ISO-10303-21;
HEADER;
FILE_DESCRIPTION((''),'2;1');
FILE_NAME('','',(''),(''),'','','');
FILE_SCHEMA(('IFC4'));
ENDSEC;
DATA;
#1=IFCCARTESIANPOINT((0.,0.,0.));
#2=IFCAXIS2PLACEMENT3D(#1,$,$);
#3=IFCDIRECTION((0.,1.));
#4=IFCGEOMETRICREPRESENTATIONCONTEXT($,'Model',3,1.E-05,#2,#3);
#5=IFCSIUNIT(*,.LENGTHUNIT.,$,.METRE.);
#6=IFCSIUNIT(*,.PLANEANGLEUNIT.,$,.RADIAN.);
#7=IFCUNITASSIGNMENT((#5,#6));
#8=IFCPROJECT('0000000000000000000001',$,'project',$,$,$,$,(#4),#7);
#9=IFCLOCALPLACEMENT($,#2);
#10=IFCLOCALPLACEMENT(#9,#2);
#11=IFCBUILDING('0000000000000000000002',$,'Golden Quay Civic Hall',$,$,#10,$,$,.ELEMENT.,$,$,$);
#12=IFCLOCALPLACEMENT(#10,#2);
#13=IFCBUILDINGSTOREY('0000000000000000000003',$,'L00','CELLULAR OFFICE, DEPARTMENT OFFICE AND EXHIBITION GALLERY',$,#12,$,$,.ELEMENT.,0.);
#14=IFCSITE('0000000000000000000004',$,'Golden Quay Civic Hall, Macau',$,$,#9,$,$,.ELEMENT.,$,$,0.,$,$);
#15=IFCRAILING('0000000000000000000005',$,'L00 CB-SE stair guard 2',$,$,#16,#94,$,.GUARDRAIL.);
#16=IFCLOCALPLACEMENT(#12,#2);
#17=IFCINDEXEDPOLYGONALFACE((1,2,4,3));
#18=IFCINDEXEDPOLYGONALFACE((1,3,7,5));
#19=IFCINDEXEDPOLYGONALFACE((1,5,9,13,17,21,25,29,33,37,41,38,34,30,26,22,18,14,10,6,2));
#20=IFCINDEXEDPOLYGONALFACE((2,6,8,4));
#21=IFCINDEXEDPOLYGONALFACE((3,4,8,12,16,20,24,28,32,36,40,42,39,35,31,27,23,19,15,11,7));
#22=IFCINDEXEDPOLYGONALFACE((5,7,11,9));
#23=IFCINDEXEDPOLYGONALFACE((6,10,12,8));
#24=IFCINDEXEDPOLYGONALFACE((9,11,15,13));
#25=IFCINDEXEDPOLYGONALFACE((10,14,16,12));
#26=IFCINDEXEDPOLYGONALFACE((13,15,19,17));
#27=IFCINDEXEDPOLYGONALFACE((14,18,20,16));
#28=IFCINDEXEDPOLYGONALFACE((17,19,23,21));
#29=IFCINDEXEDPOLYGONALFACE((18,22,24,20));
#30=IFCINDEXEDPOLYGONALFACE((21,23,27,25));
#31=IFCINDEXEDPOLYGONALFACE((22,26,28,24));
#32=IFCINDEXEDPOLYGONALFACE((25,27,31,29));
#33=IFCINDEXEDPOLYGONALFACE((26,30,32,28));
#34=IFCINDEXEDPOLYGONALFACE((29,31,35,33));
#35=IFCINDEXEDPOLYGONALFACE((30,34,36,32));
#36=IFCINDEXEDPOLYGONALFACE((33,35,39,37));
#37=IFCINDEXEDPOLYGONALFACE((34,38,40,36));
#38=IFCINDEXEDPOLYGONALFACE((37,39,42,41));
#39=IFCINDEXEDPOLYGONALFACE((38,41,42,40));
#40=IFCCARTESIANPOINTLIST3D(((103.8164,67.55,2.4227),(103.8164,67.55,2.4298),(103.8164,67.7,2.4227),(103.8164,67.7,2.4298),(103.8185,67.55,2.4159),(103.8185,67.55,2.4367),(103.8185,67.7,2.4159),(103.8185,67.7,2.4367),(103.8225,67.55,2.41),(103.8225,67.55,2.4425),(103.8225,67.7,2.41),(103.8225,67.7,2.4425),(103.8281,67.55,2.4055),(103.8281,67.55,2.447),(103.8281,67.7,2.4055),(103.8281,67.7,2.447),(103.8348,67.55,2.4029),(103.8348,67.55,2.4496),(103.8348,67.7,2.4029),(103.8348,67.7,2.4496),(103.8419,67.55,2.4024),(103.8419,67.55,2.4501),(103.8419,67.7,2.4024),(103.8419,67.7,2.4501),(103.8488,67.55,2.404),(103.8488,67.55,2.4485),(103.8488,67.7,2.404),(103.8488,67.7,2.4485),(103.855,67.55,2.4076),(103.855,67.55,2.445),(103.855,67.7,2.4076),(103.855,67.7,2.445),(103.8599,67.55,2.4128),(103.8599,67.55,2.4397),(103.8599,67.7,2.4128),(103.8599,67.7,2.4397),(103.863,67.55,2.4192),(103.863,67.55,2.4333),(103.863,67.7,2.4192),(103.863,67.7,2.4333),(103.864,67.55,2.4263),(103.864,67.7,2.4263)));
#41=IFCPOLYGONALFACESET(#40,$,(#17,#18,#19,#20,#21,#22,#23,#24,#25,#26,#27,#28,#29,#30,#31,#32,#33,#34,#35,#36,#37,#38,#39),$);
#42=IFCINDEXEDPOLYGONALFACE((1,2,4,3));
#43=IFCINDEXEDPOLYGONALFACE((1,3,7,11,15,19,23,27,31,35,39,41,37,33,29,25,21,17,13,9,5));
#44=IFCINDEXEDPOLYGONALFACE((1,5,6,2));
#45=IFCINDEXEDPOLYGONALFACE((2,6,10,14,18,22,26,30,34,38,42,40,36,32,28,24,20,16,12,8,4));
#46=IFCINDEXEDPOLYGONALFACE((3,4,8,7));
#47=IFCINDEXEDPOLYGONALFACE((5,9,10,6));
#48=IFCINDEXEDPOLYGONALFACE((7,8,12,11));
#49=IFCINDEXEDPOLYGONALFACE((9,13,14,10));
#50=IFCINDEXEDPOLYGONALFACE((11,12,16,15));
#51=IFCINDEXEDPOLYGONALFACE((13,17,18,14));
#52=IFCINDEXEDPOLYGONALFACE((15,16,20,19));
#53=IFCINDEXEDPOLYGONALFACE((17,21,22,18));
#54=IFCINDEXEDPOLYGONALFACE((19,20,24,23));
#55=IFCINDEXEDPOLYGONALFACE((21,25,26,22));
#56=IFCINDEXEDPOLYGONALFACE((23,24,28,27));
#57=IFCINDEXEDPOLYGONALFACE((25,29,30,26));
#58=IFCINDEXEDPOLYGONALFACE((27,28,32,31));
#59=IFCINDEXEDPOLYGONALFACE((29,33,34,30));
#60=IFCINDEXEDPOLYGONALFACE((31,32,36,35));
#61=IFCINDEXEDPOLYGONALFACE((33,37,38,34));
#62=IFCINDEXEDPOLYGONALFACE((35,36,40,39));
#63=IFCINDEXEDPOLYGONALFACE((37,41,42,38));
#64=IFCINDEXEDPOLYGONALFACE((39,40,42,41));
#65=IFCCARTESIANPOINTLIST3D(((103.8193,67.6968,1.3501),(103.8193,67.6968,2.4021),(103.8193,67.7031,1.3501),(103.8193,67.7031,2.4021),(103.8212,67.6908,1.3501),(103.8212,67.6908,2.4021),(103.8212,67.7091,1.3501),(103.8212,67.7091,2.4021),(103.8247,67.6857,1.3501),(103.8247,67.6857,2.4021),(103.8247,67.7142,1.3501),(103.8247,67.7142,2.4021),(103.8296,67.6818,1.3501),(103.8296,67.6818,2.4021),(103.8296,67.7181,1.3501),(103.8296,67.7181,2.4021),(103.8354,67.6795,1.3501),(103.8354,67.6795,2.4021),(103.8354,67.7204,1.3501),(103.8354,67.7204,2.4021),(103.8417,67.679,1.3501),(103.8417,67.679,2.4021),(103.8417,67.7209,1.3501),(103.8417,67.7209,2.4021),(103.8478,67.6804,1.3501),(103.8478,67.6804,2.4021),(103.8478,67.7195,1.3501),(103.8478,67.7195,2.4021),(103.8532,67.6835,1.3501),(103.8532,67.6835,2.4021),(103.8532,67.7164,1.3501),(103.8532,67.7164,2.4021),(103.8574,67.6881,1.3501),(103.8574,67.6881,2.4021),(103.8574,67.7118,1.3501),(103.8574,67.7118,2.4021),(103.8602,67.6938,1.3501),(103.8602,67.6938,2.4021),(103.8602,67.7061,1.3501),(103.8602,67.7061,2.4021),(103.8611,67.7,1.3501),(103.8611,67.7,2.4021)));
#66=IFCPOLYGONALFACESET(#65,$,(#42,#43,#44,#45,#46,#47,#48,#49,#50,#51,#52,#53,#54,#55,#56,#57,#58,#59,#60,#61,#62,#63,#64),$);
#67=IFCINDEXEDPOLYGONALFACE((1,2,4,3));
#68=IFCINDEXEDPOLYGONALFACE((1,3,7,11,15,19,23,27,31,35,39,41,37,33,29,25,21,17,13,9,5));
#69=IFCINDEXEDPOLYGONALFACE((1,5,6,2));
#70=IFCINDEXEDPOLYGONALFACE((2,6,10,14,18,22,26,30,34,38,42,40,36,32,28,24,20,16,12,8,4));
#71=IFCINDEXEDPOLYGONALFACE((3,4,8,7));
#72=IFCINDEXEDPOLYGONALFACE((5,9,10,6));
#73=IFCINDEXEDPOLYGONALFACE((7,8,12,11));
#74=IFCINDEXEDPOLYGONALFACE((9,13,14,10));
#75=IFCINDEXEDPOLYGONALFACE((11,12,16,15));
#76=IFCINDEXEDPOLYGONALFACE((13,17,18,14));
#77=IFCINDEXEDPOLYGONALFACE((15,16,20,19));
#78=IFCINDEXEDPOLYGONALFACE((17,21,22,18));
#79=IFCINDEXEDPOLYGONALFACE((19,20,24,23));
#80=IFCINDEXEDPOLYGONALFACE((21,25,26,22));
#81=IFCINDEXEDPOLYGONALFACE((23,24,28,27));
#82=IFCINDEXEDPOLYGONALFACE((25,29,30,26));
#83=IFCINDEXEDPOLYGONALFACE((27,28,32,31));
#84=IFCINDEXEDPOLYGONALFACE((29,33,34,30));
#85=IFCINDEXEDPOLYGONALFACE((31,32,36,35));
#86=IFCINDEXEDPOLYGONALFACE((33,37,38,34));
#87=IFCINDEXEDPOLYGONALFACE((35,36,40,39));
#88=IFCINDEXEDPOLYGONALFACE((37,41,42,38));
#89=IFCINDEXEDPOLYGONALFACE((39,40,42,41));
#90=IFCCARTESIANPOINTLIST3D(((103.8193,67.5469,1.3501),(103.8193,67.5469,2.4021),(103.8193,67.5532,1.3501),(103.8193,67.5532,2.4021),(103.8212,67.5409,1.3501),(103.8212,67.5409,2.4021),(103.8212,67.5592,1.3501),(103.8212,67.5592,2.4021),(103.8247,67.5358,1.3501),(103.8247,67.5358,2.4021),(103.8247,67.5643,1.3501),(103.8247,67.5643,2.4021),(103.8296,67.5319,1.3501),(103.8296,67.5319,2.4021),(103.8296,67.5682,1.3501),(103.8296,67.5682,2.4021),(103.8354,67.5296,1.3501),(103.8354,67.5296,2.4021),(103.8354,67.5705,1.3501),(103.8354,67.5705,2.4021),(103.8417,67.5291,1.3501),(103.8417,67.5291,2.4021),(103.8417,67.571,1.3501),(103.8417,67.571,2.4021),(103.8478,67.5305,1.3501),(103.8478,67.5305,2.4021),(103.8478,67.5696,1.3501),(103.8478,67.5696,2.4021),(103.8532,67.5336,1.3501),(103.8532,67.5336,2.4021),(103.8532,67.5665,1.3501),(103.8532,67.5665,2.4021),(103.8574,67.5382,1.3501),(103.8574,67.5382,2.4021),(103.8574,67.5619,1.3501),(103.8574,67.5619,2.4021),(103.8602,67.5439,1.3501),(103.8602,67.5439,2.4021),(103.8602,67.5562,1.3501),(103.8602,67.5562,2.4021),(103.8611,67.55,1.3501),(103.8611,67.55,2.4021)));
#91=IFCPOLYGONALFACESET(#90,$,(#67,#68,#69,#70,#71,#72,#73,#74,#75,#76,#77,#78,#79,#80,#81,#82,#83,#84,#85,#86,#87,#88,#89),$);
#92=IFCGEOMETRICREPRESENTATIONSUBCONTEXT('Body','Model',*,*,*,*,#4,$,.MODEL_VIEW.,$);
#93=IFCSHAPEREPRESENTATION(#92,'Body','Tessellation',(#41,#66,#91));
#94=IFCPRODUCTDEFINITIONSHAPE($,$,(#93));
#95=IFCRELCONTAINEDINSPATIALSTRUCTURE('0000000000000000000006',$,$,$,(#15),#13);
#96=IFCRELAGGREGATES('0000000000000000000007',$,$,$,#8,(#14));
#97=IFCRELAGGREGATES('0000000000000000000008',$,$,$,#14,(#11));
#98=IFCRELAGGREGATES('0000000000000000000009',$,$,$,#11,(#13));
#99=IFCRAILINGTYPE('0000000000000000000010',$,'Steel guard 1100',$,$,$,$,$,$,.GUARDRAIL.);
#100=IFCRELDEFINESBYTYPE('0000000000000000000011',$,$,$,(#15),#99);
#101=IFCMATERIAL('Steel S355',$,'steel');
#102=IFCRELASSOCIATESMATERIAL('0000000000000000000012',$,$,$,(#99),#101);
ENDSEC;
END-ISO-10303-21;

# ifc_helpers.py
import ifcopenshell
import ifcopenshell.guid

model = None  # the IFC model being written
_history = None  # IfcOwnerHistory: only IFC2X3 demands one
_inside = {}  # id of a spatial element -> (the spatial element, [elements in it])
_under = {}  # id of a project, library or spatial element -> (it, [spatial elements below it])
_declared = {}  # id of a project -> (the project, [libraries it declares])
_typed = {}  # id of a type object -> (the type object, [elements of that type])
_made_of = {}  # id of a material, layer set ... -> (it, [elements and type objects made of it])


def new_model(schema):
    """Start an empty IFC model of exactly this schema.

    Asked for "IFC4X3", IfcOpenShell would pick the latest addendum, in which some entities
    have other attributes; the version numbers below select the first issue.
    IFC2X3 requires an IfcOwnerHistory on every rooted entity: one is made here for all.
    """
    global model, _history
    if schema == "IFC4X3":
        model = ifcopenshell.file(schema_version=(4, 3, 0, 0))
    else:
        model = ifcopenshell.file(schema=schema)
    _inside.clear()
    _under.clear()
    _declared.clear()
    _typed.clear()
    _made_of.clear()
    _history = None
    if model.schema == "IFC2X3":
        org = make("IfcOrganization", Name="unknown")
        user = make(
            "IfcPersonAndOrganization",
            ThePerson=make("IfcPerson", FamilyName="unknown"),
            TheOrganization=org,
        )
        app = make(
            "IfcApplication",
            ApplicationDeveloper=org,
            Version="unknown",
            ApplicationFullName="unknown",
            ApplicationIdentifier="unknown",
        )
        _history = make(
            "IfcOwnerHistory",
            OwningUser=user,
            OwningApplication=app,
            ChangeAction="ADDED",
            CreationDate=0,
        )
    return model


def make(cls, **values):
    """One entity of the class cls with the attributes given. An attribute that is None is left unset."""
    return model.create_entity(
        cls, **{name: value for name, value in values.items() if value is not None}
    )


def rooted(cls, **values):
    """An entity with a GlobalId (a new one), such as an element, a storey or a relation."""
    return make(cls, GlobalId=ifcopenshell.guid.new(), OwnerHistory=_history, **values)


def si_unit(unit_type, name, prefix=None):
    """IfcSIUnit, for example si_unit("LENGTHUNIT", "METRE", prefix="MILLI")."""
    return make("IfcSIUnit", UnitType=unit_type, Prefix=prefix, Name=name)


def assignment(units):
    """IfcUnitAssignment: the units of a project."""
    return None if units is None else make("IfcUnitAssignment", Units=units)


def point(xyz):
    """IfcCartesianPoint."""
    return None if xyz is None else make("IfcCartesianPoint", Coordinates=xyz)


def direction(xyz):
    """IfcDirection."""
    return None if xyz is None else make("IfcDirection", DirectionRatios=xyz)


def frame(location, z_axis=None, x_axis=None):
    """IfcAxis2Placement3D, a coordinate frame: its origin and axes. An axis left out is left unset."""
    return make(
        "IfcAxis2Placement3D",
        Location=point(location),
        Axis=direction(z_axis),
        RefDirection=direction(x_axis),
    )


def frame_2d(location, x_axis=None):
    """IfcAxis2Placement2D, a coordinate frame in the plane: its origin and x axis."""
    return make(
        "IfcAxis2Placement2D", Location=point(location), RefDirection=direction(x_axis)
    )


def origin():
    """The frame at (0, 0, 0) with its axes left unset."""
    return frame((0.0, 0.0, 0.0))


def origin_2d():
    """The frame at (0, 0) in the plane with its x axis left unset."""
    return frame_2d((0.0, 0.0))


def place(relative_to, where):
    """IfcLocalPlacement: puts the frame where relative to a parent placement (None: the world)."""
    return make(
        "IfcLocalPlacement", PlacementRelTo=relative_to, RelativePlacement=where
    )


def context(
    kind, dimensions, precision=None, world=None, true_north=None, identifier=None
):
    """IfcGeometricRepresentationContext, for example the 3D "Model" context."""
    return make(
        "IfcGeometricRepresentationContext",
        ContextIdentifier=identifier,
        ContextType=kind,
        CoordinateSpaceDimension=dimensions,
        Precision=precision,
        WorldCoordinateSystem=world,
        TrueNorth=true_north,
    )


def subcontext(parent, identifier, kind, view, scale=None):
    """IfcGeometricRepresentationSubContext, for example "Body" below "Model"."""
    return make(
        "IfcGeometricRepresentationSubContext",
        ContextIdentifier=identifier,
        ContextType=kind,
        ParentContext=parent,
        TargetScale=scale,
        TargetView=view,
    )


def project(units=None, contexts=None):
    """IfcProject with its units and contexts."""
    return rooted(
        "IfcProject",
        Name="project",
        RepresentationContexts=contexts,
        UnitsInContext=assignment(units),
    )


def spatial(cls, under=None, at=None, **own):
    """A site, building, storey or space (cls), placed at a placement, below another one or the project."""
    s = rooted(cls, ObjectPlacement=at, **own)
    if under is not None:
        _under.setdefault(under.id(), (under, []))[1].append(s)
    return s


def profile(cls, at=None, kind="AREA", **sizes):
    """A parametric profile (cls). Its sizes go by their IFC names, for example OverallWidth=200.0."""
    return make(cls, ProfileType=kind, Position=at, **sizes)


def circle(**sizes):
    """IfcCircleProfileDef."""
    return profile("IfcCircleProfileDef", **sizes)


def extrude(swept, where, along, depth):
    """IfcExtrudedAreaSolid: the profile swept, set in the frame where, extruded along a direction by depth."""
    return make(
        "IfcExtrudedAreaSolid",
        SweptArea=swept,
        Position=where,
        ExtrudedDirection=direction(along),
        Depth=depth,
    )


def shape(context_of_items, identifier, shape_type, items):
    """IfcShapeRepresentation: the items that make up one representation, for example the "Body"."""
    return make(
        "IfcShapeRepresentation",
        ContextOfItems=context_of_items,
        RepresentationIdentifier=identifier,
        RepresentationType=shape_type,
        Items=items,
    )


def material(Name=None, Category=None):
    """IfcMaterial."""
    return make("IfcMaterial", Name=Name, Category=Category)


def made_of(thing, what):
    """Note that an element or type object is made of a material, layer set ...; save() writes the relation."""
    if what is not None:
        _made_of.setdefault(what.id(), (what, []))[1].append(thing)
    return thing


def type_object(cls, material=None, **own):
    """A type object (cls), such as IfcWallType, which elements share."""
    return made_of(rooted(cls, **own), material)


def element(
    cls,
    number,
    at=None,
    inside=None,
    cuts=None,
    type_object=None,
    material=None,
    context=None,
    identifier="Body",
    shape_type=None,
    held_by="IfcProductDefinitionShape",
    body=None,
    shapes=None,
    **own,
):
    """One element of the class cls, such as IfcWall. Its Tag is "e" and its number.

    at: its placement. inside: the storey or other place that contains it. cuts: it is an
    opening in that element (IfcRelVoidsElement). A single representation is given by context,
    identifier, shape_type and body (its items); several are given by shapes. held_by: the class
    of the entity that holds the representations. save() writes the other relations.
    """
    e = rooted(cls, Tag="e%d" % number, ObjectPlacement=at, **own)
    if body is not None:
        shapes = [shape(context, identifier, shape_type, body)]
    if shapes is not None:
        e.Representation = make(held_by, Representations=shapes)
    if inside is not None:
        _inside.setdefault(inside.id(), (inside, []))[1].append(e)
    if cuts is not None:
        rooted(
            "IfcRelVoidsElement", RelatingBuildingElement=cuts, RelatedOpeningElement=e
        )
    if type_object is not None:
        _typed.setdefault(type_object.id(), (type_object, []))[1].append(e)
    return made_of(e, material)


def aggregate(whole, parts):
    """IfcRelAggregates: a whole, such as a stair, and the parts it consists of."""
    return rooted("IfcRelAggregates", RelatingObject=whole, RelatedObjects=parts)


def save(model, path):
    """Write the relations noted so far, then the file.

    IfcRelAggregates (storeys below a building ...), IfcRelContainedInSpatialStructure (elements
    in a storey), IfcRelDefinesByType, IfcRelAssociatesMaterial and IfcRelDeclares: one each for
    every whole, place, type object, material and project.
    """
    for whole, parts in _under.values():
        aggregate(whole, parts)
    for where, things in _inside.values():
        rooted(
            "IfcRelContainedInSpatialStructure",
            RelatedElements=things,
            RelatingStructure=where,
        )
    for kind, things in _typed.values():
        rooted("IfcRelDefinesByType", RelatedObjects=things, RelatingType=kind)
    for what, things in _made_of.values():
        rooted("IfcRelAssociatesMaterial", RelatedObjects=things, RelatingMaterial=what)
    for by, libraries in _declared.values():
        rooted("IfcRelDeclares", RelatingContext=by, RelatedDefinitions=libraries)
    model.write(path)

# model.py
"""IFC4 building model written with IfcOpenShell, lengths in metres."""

from ifc_helpers import new_model, si_unit, direction, frame, origin, origin_2d, place, context, subcontext, project, spatial, circle, extrude, material, type_object, element, save


model = new_model("IFC4")

# Units and contexts
model_context = context("Model", 3, precision=1e-05, world=origin(), true_north=direction((0.0, 1.0)))
body_context = subcontext(model_context, "Body", "Model", "MODEL_VIEW")
ifc_project = project(units=[si_unit("LENGTHUNIT", "METRE"), si_unit("PLANEANGLEUNIT", "RADIAN")], contexts=[model_context])

# Site, building, storey
site_placement = place(None, origin())
site = spatial("IfcSite", under=ifc_project, at=site_placement, Name="Golden Quay Civic Hall, Macau", CompositionType="ELEMENT", RefElevation=0.0)
building_placement = place(site_placement, origin())
building = spatial("IfcBuilding", under=site, at=building_placement, Name="Golden Quay Civic Hall", CompositionType="ELEMENT")
storey_placement = place(building_placement, origin())
storey = spatial("IfcBuildingStorey", under=building, at=storey_placement, Name="L00", Description="CELLULAR OFFICE, DEPARTMENT OFFICE AND EXHIBITION GALLERY", CompositionType="ELEMENT", Elevation=0.0)

# Railing
ifc_material_1 = material(Name="Steel S355", Category="steel")
railing_type_1 = type_object("IfcRailingType", Name="Steel guard 1100", PredefinedType="GUARDRAIL", material=ifc_material_1)
railing_1_placement = place(storey_placement, frame((103.8401, 67.7, 1.3501)))
element("IfcRailing", 1, at=railing_1_placement, inside=storey, type_object=railing_type_1, Name="L00 CB-SE stair guard 2", PredefinedType="GUARDRAIL", context=body_context, shape_type="SweptSolid", body=[
    extrude(circle(Radius=0.0239, at=origin_2d()), frame((0.0, 0.0, 1.0762), z_axis=(0.0, -1.0, 0.0), x_axis=(1.0, 0.0, 0.0)), (0.0, 0.0, 1.0), 0.1499),
    extrude(circle(Radius=0.021, at=origin_2d()), origin(), (0.0, 0.0, 1.0), 1.052),
    extrude(circle(Radius=0.021, at=origin_2d()), frame((0.0, -0.1499, 0.0)), (0.0, 0.0, 1.0), 1.052),
])

save(model, "model.ifc")
